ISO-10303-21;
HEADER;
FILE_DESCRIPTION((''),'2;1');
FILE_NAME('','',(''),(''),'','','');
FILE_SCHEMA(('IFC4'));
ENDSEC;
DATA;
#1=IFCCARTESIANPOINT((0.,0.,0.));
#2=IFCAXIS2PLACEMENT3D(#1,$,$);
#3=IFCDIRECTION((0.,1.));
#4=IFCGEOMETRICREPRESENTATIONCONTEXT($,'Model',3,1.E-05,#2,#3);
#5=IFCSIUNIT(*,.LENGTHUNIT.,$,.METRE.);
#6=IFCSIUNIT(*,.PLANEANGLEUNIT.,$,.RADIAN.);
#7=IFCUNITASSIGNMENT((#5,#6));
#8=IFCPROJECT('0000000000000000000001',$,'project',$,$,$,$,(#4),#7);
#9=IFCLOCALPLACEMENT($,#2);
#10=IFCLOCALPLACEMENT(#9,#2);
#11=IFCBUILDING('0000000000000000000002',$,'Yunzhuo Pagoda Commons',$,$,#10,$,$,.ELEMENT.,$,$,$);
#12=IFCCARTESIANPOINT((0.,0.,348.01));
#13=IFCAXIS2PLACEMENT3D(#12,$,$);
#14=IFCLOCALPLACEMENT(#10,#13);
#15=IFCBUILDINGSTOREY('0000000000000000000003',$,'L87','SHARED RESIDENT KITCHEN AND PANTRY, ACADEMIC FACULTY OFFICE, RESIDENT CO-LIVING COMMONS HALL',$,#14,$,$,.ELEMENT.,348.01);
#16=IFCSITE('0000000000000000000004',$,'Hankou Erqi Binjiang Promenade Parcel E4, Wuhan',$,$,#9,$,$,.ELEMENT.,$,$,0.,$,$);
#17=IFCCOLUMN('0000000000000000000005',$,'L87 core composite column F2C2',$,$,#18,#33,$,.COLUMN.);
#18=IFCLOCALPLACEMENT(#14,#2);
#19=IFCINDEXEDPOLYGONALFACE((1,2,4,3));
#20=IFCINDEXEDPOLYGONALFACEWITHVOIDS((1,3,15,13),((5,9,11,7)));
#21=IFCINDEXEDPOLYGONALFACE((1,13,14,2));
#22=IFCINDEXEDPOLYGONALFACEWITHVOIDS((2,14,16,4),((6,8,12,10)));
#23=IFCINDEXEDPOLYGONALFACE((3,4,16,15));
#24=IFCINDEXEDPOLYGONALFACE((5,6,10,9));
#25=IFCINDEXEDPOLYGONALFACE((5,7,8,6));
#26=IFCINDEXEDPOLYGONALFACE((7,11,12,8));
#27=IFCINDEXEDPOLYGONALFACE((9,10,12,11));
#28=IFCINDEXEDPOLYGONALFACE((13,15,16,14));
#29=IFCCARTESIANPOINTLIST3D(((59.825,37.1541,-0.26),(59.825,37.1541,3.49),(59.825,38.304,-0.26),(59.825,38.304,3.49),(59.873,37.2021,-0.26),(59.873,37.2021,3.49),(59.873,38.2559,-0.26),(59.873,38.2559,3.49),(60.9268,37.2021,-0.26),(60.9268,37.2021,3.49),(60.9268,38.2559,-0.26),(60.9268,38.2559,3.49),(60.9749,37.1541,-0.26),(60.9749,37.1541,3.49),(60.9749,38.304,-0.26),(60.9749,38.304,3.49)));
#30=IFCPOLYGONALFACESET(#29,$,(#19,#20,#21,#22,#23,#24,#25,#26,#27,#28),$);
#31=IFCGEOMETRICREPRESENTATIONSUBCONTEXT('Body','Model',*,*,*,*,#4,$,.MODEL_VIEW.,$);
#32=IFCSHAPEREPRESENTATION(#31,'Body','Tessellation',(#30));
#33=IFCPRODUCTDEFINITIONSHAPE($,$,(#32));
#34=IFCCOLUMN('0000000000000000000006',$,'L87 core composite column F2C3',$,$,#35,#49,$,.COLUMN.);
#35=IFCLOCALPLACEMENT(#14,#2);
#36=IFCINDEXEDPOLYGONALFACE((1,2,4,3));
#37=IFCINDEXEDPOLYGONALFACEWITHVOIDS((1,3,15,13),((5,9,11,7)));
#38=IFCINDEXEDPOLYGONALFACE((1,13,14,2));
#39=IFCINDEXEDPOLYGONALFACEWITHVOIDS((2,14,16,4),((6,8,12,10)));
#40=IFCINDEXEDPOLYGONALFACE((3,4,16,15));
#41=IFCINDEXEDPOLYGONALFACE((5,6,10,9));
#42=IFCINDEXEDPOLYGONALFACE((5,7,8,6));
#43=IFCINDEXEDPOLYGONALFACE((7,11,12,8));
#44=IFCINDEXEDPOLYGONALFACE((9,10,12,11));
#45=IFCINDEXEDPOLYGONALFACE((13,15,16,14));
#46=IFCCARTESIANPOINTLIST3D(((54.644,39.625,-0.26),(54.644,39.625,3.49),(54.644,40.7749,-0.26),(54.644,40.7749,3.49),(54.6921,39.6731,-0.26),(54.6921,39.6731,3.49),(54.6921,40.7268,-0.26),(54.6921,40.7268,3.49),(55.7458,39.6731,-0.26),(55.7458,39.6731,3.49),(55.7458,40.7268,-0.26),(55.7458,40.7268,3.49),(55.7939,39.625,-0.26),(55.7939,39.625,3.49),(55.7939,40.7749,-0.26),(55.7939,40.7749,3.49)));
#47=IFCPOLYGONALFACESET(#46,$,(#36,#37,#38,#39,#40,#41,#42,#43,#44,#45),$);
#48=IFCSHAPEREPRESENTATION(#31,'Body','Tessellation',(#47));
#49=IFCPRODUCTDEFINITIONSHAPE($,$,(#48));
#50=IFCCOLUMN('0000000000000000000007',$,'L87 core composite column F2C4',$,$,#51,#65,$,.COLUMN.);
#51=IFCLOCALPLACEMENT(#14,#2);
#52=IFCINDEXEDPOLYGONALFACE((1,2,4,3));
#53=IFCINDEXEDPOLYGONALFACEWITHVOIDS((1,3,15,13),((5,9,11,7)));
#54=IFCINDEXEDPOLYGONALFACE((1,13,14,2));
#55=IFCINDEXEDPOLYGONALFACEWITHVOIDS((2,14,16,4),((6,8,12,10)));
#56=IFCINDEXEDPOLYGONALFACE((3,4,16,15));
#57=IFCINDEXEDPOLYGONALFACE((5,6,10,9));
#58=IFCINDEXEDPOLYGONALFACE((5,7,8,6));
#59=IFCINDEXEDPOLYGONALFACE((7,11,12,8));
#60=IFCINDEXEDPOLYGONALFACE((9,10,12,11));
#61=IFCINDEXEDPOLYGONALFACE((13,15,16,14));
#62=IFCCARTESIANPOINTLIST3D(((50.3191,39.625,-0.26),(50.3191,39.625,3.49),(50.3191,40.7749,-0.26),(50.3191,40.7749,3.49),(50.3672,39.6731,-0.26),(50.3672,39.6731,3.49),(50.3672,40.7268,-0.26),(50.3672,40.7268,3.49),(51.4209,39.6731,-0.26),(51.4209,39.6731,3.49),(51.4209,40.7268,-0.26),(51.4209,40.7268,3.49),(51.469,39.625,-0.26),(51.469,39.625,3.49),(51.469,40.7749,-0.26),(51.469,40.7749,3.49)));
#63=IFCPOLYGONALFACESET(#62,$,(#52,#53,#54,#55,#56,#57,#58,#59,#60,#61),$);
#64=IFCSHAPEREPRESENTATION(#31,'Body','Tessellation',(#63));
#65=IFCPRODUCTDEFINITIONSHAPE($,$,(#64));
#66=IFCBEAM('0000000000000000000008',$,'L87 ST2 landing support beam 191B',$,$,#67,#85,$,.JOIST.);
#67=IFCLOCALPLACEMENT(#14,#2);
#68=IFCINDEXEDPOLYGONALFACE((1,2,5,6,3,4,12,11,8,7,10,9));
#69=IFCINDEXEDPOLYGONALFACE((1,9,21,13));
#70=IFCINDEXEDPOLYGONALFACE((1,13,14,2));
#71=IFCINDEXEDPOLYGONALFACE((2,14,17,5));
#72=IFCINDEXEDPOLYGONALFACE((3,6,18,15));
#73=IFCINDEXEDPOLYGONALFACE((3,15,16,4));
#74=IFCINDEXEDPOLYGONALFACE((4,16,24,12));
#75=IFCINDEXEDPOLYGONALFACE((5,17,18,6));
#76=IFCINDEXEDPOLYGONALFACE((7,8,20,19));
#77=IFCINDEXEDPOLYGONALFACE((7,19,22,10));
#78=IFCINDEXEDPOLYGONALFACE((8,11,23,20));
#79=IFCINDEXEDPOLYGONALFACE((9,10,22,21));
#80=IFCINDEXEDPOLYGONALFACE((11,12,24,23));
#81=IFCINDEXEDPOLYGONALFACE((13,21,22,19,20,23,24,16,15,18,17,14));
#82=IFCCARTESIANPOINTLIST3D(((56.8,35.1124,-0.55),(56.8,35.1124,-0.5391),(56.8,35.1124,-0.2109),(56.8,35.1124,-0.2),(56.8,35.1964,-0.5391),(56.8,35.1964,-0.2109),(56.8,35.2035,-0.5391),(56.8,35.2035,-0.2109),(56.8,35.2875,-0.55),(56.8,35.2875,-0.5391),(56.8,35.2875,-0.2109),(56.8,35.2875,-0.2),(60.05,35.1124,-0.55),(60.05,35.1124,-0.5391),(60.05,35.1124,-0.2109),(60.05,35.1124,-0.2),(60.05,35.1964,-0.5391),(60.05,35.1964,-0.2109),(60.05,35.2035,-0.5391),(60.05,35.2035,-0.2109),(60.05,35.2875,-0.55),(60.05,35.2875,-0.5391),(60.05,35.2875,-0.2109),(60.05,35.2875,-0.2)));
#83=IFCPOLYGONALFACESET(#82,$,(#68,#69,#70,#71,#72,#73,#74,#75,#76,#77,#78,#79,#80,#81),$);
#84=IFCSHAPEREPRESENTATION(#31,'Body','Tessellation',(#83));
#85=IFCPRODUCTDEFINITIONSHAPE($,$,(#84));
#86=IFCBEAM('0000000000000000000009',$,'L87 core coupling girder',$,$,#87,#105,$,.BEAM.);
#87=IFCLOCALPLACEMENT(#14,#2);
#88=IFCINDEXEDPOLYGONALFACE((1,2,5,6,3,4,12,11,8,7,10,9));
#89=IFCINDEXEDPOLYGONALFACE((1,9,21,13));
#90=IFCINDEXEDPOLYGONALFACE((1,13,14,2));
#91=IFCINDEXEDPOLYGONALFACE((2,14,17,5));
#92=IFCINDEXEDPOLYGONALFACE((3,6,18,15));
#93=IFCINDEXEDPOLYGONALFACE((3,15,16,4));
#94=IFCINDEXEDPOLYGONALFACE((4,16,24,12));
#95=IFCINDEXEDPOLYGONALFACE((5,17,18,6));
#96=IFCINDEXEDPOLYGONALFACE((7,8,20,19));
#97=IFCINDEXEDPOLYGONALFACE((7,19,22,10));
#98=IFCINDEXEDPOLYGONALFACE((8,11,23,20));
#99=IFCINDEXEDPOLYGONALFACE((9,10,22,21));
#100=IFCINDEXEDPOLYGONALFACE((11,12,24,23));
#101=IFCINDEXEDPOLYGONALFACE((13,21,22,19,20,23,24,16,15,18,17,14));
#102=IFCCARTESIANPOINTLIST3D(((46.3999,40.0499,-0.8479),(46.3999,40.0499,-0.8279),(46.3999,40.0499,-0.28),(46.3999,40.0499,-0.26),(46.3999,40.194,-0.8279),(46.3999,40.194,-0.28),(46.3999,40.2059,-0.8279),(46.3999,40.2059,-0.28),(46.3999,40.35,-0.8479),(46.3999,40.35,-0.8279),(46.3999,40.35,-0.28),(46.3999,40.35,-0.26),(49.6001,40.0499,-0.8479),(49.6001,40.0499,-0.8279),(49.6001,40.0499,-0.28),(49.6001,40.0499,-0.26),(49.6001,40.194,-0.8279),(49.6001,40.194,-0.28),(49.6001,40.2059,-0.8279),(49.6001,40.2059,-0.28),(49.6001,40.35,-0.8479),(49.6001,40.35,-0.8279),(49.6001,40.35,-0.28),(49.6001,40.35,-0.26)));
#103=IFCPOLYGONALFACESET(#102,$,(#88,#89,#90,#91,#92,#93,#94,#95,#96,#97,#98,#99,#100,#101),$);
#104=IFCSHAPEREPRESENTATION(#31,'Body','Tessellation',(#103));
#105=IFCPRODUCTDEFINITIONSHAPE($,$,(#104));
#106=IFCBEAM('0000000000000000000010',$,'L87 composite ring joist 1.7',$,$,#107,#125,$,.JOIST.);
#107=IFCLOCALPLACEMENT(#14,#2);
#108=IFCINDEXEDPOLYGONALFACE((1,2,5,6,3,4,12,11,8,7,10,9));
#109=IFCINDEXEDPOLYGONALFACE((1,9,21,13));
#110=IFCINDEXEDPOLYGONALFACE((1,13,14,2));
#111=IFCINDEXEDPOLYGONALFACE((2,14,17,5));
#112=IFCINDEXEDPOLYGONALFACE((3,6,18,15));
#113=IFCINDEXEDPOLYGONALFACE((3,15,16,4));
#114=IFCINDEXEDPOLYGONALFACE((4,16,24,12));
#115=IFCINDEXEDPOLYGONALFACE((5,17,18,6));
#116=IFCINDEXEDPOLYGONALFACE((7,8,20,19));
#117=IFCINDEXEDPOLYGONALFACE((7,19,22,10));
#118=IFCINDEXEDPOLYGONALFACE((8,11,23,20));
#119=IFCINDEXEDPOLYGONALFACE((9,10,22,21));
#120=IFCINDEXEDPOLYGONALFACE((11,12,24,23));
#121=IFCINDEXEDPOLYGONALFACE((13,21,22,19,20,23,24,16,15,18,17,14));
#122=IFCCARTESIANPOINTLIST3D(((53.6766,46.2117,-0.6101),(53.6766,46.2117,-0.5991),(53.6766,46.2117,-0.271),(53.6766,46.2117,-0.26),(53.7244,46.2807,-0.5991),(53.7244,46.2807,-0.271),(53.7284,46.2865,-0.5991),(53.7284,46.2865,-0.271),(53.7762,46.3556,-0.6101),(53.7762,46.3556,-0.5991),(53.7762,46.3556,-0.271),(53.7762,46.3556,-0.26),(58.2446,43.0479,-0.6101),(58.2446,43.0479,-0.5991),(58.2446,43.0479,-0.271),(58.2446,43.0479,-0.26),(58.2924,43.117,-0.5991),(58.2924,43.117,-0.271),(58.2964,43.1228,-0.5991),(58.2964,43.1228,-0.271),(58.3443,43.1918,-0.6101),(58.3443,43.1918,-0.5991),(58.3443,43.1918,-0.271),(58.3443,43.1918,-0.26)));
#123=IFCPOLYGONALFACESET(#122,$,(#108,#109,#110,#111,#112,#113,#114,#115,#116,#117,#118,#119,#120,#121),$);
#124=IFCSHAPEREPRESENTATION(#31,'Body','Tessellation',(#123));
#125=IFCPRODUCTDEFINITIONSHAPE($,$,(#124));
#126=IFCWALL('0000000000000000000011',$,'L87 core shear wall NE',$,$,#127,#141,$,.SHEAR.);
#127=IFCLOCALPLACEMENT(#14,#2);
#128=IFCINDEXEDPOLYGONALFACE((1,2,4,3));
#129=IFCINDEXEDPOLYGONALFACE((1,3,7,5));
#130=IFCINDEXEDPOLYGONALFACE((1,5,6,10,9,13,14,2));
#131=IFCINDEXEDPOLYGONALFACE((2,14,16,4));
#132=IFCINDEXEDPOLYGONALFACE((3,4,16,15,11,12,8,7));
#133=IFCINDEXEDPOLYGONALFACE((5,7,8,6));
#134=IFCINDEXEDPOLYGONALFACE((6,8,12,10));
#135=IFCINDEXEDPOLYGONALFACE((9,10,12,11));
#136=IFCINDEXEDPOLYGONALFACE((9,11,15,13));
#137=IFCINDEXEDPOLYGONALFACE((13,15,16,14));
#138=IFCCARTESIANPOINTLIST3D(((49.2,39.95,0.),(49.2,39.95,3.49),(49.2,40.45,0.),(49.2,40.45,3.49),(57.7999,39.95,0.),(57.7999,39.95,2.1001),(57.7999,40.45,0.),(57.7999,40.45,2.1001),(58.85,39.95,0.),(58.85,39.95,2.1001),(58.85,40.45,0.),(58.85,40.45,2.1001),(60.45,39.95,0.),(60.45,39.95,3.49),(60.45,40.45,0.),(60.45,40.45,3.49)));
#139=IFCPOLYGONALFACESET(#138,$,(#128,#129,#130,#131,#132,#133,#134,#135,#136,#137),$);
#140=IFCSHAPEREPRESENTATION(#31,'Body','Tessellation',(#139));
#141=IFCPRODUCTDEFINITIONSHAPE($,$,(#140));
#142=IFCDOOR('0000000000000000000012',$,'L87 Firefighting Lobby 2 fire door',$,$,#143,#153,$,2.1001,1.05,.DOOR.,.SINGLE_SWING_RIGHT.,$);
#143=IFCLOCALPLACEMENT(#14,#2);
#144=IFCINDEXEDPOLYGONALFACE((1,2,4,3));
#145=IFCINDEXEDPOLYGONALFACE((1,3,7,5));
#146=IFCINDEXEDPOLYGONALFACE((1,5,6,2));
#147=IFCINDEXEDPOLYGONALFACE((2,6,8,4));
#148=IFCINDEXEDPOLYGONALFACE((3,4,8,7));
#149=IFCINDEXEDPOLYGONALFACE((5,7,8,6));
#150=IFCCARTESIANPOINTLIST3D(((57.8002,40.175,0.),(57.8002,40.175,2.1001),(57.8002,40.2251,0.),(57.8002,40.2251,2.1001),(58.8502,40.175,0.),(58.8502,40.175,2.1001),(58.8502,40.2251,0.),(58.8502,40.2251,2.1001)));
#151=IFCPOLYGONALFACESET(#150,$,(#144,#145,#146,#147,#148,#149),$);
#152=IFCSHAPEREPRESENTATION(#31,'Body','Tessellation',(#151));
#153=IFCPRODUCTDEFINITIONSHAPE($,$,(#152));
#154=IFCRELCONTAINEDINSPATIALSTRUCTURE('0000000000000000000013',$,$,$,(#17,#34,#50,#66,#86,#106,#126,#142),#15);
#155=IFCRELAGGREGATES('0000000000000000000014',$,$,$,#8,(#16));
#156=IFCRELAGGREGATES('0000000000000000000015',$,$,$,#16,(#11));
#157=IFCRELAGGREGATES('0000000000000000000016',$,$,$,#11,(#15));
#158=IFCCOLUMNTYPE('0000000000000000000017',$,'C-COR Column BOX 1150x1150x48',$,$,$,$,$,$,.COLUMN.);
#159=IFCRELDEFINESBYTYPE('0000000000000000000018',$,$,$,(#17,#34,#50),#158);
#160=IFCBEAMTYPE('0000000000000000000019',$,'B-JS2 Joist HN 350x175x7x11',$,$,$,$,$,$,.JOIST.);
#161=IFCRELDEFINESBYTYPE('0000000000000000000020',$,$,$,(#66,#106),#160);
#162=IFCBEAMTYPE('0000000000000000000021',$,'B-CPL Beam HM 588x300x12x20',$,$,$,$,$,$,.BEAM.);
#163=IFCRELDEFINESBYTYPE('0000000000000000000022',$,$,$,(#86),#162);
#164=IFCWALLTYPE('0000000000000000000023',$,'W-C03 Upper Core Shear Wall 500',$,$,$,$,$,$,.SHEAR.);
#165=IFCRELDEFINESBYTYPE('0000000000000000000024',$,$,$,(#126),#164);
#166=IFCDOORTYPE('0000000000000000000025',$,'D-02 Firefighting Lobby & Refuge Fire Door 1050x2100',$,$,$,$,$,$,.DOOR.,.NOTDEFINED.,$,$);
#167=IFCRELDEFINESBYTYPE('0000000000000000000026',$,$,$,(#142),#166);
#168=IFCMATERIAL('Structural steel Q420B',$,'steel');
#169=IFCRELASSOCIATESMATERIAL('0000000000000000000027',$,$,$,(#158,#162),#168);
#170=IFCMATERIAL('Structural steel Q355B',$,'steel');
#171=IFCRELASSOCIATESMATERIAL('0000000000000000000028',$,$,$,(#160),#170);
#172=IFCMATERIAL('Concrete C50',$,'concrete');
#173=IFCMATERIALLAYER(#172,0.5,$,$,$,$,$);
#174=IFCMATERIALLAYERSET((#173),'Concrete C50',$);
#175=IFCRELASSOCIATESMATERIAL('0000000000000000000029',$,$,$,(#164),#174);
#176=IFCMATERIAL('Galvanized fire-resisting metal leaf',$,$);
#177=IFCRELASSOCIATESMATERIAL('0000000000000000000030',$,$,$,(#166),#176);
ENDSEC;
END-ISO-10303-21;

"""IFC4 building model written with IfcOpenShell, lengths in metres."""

from ifc_helpers import new_model, si_unit, direction, frame, frame_2d, origin, origin_2d, place, context, subcontext, project, spatial, rectangle, hollow_rectangle, i_section, extrude, source, transform, mapped, material, layer, layer_set, material_profile, profile_set, type_object, element, fill, save


model = new_model("IFC4")

# Units and contexts
model_context = context("Model", 3, precision=1e-05, world=origin(), true_north=direction((0.0, 1.0)))
body_context = subcontext(model_context, "Body", "Model", "MODEL_VIEW")
ifc_project = project(units=[si_unit("LENGTHUNIT", "METRE"), si_unit("PLANEANGLEUNIT", "RADIAN")], contexts=[model_context])

# Site, building, storey
site_placement = place(None, origin())
site = spatial("IfcSite", under=ifc_project, at=site_placement, Name="Hankou Erqi Binjiang Promenade Parcel E4, Wuhan", CompositionType="ELEMENT", RefElevation=0.0)
building_placement = place(site_placement, origin())
building = spatial("IfcBuilding", under=site, at=building_placement, Name="Yunzhuo Pagoda Commons", CompositionType="ELEMENT")
storey_placement = place(building_placement, frame((0.0, 0.0, 348.01)))
storey = spatial("IfcBuildingStorey", under=building, at=storey_placement, Name="L87", Description="SHARED RESIDENT KITCHEN AND PANTRY, ACADEMIC FACULTY OFFICE, RESIDENT CO-LIVING COMMONS HALL", CompositionType="ELEMENT", Elevation=348.01)

# Columns
ifc_material_1 = material(Name="Structural steel Q420B", Category="steel")
ifc_material_profile_1 = material_profile(ifc_material_1, hollow_rectangle(XDim=1.1499, YDim=1.1499, WallThickness=0.0481, at=origin_2d()), Name="Structural steel Q420B")
ifc_profile_set_1 = profile_set([ifc_material_profile_1], Name="Structural steel Q420B")
column_type = type_object("IfcColumnType", Name="C-COR Column BOX 1150x1150x48", PredefinedType="COLUMN", material=ifc_profile_set_1)
shared_shape_1 = source(origin(), body_context, "Body", "SweptSolid", [
    extrude(hollow_rectangle(XDim=1.1499, YDim=1.1499, WallThickness=0.0481, at=origin_2d()), origin(), (0.0, 0.0, 1.0), 3.75),
])
for number, where, z_axis, x_axis, name in (
    (1, (60.3999, 37.729, -0.26), (0.0, 0.0, 1.0), (1.0, 0.0, 0.0), "L87 core composite column F2C2"),
    (2, (55.219, 40.2, -0.26), (0.0, 0.0, 1.0), (1.0, 0.0, 0.0), "L87 core composite column F2C3"),
    (3, (50.894, 40.2, -0.26), (0.0, 0.0, 1.0), (1.0, 0.0, 0.0), "L87 core composite column F2C4"),
):
    element("IfcColumn", number, at=place(storey_placement, frame(where, z_axis=z_axis, x_axis=x_axis)), inside=storey, type_object=column_type, Name=name, PredefinedType="COLUMN", context=body_context, shape_type="MappedRepresentation", body=[
        mapped(shared_shape_1, transform((0.0, 0.0, 0.0), scale=1.0)),
    ])

# Beams
ifc_material_2 = material(Name="Structural steel Q355B", Category="steel")
ifc_material_profile_2 = material_profile(ifc_material_2, i_section(OverallWidth=0.175, OverallDepth=0.3501, WebThickness=0.0071, FlangeThickness=0.011, at=origin_2d()), Name="Structural steel Q355B")
ifc_profile_set_2 = profile_set([ifc_material_profile_2], Name="Structural steel Q355B")
beam_type_1 = type_object("IfcBeamType", Name="B-JS2 Joist HN 350x175x7x11", PredefinedType="JOIST", material=ifc_profile_set_2)
shared_shape_2 = source(origin(), body_context, "Body", "SweptSolid", [
    extrude(i_section(OverallWidth=0.175, OverallDepth=0.3501, WebThickness=0.0071, FlangeThickness=0.011, at=origin_2d()), origin(), (0.0, 0.0, 1.0), 3.25),
])
beam_1_placement = place(storey_placement, frame((56.8, 35.2, -0.375), z_axis=(1.0, 0.0, 0.0), x_axis=(0.0, 1.0, 0.0)))
element("IfcBeam", 4, at=beam_1_placement, inside=storey, type_object=beam_type_1, Name="L87 ST2 landing support beam 191B", PredefinedType="JOIST", context=body_context, shape_type="MappedRepresentation", body=[
    mapped(shared_shape_2, transform((0.0, 0.0, 0.0), scale=1.0)),
])
ifc_material_profile_3 = material_profile(ifc_material_1, i_section(OverallWidth=0.3, OverallDepth=0.5879, WebThickness=0.012, FlangeThickness=0.02, at=origin_2d()), Name="Structural steel Q420B")
ifc_profile_set_3 = profile_set([ifc_material_profile_3], Name="Structural steel Q420B")
beam_type_2 = type_object("IfcBeamType", Name="B-CPL Beam HM 588x300x12x20", PredefinedType="BEAM", material=ifc_profile_set_3)
shared_shape_3 = source(origin(), body_context, "Body", "SweptSolid", [
    extrude(i_section(OverallWidth=0.3, OverallDepth=0.5879, WebThickness=0.012, FlangeThickness=0.02, at=origin_2d()), origin(), (0.0, 0.0, 1.0), 3.2002),
])
beam_2_placement = place(storey_placement, frame((46.3999, 40.2, -0.554), z_axis=(1.0, 0.0, 0.0), x_axis=(0.0, 1.0, 0.0)))
element("IfcBeam", 5, at=beam_2_placement, inside=storey, type_object=beam_type_2, Name="L87 core coupling girder", PredefinedType="BEAM", context=body_context, shape_type="MappedRepresentation", body=[
    mapped(shared_shape_3, transform((0.0, 0.0, 0.0), scale=1.0)),
])
shared_shape_4 = source(origin(), body_context, "Body", "SweptSolid", [
    extrude(i_section(OverallWidth=0.175, OverallDepth=0.3501, WebThickness=0.0071, FlangeThickness=0.011, at=origin_2d()), origin(), (0.0, 0.0, 1.0), 5.5566),
])
beam_3_placement = place(storey_placement, frame((58.2944, 43.1199, -0.4351), z_axis=(-0.822085, 0.569365, 0.0), x_axis=(-0.569365, -0.822085, 0.0)))
element("IfcBeam", 6, at=beam_3_placement, inside=storey, type_object=beam_type_1, Name="L87 composite ring joist 1.7", PredefinedType="JOIST", context=body_context, shape_type="MappedRepresentation", body=[
    mapped(shared_shape_4, transform((0.0, 0.0, 0.0), scale=1.0)),
])

# Wall, opening, door
ifc_material_3 = material(Name="Concrete C50", Category="concrete")
ifc_layer_1 = layer(ifc_material_3, 0.5)
ifc_layer_set_1 = layer_set([ifc_layer_1], Name="Concrete C50")
wall_type_1 = type_object("IfcWallType", Name="W-C03 Upper Core Shear Wall 500", PredefinedType="SHEAR", material=ifc_layer_set_1)
wall_1_placement = place(storey_placement, frame((49.2, 40.2, 0.0), z_axis=(0.0, 0.0, 1.0), x_axis=(1.0, 0.0, 0.0)))
wall_1 = element("IfcWall", 7, at=wall_1_placement, inside=storey, type_object=wall_type_1, Name="L87 core shear wall NE", PredefinedType="SHEAR", context=body_context, shape_type="SweptSolid", body=[
    extrude(rectangle(XDim=11.25, YDim=0.5, at=frame_2d((5.625, 0.0))), origin(), (0.0, 0.0, 1.0), 3.49),
])
opening_1_placement = place(wall_1_placement, frame((8.6001, 0.0, 0.0)))
opening_1 = element("IfcOpeningElement", 8, at=opening_1_placement, cuts=wall_1, PredefinedType="OPENING", context=body_context, shape_type="SweptSolid", body=[
    extrude(rectangle(XDim=1.05, YDim=2.1001, at=frame_2d((0.5249, 1.05))), frame((0.0, 0.26, 0.0), z_axis=(0.0, -1.0, 0.0), x_axis=(1.0, 0.0, 0.0)), (0.0, 0.0, 1.0), 0.52),
])
ifc_material_4 = material(Name="Galvanized fire-resisting metal leaf")
door_type_1 = type_object("IfcDoorType", Name="D-02 Firefighting Lobby & Refuge Fire Door 1050x2100", OperationType="NOTDEFINED", PredefinedType="DOOR", material=ifc_material_4)
shared_shape_5 = source(origin(), body_context, "Body", "SweptSolid", [
    extrude(rectangle(XDim=1.05, YDim=2.1001, at=frame_2d((0.5249, 1.05))), frame((0.0, 0.0249, 0.0), z_axis=(0.0, -1.0, 0.0), x_axis=(1.0, 0.0, 0.0)), (0.0, 0.0, 1.0), 0.05),
])
door_1_placement = place(opening_1_placement, frame((1.05, 0.0, 0.0), z_axis=(0.0, 0.0, 1.0), x_axis=(-1.0, 0.0, 0.0)))
door_1 = element("IfcDoor", 9, at=door_1_placement, inside=storey, type_object=door_type_1, Name="L87 Firefighting Lobby 2 fire door", OperationType="SINGLE_SWING_RIGHT", OverallHeight=2.1001, OverallWidth=1.05, PredefinedType="DOOR", context=body_context, shape_type="MappedRepresentation", body=[
    mapped(shared_shape_5, transform((0.0, 0.0, 0.0), scale=1.0)),
])
fill(opening_1, door_1)

save(model, "model.ifc")
